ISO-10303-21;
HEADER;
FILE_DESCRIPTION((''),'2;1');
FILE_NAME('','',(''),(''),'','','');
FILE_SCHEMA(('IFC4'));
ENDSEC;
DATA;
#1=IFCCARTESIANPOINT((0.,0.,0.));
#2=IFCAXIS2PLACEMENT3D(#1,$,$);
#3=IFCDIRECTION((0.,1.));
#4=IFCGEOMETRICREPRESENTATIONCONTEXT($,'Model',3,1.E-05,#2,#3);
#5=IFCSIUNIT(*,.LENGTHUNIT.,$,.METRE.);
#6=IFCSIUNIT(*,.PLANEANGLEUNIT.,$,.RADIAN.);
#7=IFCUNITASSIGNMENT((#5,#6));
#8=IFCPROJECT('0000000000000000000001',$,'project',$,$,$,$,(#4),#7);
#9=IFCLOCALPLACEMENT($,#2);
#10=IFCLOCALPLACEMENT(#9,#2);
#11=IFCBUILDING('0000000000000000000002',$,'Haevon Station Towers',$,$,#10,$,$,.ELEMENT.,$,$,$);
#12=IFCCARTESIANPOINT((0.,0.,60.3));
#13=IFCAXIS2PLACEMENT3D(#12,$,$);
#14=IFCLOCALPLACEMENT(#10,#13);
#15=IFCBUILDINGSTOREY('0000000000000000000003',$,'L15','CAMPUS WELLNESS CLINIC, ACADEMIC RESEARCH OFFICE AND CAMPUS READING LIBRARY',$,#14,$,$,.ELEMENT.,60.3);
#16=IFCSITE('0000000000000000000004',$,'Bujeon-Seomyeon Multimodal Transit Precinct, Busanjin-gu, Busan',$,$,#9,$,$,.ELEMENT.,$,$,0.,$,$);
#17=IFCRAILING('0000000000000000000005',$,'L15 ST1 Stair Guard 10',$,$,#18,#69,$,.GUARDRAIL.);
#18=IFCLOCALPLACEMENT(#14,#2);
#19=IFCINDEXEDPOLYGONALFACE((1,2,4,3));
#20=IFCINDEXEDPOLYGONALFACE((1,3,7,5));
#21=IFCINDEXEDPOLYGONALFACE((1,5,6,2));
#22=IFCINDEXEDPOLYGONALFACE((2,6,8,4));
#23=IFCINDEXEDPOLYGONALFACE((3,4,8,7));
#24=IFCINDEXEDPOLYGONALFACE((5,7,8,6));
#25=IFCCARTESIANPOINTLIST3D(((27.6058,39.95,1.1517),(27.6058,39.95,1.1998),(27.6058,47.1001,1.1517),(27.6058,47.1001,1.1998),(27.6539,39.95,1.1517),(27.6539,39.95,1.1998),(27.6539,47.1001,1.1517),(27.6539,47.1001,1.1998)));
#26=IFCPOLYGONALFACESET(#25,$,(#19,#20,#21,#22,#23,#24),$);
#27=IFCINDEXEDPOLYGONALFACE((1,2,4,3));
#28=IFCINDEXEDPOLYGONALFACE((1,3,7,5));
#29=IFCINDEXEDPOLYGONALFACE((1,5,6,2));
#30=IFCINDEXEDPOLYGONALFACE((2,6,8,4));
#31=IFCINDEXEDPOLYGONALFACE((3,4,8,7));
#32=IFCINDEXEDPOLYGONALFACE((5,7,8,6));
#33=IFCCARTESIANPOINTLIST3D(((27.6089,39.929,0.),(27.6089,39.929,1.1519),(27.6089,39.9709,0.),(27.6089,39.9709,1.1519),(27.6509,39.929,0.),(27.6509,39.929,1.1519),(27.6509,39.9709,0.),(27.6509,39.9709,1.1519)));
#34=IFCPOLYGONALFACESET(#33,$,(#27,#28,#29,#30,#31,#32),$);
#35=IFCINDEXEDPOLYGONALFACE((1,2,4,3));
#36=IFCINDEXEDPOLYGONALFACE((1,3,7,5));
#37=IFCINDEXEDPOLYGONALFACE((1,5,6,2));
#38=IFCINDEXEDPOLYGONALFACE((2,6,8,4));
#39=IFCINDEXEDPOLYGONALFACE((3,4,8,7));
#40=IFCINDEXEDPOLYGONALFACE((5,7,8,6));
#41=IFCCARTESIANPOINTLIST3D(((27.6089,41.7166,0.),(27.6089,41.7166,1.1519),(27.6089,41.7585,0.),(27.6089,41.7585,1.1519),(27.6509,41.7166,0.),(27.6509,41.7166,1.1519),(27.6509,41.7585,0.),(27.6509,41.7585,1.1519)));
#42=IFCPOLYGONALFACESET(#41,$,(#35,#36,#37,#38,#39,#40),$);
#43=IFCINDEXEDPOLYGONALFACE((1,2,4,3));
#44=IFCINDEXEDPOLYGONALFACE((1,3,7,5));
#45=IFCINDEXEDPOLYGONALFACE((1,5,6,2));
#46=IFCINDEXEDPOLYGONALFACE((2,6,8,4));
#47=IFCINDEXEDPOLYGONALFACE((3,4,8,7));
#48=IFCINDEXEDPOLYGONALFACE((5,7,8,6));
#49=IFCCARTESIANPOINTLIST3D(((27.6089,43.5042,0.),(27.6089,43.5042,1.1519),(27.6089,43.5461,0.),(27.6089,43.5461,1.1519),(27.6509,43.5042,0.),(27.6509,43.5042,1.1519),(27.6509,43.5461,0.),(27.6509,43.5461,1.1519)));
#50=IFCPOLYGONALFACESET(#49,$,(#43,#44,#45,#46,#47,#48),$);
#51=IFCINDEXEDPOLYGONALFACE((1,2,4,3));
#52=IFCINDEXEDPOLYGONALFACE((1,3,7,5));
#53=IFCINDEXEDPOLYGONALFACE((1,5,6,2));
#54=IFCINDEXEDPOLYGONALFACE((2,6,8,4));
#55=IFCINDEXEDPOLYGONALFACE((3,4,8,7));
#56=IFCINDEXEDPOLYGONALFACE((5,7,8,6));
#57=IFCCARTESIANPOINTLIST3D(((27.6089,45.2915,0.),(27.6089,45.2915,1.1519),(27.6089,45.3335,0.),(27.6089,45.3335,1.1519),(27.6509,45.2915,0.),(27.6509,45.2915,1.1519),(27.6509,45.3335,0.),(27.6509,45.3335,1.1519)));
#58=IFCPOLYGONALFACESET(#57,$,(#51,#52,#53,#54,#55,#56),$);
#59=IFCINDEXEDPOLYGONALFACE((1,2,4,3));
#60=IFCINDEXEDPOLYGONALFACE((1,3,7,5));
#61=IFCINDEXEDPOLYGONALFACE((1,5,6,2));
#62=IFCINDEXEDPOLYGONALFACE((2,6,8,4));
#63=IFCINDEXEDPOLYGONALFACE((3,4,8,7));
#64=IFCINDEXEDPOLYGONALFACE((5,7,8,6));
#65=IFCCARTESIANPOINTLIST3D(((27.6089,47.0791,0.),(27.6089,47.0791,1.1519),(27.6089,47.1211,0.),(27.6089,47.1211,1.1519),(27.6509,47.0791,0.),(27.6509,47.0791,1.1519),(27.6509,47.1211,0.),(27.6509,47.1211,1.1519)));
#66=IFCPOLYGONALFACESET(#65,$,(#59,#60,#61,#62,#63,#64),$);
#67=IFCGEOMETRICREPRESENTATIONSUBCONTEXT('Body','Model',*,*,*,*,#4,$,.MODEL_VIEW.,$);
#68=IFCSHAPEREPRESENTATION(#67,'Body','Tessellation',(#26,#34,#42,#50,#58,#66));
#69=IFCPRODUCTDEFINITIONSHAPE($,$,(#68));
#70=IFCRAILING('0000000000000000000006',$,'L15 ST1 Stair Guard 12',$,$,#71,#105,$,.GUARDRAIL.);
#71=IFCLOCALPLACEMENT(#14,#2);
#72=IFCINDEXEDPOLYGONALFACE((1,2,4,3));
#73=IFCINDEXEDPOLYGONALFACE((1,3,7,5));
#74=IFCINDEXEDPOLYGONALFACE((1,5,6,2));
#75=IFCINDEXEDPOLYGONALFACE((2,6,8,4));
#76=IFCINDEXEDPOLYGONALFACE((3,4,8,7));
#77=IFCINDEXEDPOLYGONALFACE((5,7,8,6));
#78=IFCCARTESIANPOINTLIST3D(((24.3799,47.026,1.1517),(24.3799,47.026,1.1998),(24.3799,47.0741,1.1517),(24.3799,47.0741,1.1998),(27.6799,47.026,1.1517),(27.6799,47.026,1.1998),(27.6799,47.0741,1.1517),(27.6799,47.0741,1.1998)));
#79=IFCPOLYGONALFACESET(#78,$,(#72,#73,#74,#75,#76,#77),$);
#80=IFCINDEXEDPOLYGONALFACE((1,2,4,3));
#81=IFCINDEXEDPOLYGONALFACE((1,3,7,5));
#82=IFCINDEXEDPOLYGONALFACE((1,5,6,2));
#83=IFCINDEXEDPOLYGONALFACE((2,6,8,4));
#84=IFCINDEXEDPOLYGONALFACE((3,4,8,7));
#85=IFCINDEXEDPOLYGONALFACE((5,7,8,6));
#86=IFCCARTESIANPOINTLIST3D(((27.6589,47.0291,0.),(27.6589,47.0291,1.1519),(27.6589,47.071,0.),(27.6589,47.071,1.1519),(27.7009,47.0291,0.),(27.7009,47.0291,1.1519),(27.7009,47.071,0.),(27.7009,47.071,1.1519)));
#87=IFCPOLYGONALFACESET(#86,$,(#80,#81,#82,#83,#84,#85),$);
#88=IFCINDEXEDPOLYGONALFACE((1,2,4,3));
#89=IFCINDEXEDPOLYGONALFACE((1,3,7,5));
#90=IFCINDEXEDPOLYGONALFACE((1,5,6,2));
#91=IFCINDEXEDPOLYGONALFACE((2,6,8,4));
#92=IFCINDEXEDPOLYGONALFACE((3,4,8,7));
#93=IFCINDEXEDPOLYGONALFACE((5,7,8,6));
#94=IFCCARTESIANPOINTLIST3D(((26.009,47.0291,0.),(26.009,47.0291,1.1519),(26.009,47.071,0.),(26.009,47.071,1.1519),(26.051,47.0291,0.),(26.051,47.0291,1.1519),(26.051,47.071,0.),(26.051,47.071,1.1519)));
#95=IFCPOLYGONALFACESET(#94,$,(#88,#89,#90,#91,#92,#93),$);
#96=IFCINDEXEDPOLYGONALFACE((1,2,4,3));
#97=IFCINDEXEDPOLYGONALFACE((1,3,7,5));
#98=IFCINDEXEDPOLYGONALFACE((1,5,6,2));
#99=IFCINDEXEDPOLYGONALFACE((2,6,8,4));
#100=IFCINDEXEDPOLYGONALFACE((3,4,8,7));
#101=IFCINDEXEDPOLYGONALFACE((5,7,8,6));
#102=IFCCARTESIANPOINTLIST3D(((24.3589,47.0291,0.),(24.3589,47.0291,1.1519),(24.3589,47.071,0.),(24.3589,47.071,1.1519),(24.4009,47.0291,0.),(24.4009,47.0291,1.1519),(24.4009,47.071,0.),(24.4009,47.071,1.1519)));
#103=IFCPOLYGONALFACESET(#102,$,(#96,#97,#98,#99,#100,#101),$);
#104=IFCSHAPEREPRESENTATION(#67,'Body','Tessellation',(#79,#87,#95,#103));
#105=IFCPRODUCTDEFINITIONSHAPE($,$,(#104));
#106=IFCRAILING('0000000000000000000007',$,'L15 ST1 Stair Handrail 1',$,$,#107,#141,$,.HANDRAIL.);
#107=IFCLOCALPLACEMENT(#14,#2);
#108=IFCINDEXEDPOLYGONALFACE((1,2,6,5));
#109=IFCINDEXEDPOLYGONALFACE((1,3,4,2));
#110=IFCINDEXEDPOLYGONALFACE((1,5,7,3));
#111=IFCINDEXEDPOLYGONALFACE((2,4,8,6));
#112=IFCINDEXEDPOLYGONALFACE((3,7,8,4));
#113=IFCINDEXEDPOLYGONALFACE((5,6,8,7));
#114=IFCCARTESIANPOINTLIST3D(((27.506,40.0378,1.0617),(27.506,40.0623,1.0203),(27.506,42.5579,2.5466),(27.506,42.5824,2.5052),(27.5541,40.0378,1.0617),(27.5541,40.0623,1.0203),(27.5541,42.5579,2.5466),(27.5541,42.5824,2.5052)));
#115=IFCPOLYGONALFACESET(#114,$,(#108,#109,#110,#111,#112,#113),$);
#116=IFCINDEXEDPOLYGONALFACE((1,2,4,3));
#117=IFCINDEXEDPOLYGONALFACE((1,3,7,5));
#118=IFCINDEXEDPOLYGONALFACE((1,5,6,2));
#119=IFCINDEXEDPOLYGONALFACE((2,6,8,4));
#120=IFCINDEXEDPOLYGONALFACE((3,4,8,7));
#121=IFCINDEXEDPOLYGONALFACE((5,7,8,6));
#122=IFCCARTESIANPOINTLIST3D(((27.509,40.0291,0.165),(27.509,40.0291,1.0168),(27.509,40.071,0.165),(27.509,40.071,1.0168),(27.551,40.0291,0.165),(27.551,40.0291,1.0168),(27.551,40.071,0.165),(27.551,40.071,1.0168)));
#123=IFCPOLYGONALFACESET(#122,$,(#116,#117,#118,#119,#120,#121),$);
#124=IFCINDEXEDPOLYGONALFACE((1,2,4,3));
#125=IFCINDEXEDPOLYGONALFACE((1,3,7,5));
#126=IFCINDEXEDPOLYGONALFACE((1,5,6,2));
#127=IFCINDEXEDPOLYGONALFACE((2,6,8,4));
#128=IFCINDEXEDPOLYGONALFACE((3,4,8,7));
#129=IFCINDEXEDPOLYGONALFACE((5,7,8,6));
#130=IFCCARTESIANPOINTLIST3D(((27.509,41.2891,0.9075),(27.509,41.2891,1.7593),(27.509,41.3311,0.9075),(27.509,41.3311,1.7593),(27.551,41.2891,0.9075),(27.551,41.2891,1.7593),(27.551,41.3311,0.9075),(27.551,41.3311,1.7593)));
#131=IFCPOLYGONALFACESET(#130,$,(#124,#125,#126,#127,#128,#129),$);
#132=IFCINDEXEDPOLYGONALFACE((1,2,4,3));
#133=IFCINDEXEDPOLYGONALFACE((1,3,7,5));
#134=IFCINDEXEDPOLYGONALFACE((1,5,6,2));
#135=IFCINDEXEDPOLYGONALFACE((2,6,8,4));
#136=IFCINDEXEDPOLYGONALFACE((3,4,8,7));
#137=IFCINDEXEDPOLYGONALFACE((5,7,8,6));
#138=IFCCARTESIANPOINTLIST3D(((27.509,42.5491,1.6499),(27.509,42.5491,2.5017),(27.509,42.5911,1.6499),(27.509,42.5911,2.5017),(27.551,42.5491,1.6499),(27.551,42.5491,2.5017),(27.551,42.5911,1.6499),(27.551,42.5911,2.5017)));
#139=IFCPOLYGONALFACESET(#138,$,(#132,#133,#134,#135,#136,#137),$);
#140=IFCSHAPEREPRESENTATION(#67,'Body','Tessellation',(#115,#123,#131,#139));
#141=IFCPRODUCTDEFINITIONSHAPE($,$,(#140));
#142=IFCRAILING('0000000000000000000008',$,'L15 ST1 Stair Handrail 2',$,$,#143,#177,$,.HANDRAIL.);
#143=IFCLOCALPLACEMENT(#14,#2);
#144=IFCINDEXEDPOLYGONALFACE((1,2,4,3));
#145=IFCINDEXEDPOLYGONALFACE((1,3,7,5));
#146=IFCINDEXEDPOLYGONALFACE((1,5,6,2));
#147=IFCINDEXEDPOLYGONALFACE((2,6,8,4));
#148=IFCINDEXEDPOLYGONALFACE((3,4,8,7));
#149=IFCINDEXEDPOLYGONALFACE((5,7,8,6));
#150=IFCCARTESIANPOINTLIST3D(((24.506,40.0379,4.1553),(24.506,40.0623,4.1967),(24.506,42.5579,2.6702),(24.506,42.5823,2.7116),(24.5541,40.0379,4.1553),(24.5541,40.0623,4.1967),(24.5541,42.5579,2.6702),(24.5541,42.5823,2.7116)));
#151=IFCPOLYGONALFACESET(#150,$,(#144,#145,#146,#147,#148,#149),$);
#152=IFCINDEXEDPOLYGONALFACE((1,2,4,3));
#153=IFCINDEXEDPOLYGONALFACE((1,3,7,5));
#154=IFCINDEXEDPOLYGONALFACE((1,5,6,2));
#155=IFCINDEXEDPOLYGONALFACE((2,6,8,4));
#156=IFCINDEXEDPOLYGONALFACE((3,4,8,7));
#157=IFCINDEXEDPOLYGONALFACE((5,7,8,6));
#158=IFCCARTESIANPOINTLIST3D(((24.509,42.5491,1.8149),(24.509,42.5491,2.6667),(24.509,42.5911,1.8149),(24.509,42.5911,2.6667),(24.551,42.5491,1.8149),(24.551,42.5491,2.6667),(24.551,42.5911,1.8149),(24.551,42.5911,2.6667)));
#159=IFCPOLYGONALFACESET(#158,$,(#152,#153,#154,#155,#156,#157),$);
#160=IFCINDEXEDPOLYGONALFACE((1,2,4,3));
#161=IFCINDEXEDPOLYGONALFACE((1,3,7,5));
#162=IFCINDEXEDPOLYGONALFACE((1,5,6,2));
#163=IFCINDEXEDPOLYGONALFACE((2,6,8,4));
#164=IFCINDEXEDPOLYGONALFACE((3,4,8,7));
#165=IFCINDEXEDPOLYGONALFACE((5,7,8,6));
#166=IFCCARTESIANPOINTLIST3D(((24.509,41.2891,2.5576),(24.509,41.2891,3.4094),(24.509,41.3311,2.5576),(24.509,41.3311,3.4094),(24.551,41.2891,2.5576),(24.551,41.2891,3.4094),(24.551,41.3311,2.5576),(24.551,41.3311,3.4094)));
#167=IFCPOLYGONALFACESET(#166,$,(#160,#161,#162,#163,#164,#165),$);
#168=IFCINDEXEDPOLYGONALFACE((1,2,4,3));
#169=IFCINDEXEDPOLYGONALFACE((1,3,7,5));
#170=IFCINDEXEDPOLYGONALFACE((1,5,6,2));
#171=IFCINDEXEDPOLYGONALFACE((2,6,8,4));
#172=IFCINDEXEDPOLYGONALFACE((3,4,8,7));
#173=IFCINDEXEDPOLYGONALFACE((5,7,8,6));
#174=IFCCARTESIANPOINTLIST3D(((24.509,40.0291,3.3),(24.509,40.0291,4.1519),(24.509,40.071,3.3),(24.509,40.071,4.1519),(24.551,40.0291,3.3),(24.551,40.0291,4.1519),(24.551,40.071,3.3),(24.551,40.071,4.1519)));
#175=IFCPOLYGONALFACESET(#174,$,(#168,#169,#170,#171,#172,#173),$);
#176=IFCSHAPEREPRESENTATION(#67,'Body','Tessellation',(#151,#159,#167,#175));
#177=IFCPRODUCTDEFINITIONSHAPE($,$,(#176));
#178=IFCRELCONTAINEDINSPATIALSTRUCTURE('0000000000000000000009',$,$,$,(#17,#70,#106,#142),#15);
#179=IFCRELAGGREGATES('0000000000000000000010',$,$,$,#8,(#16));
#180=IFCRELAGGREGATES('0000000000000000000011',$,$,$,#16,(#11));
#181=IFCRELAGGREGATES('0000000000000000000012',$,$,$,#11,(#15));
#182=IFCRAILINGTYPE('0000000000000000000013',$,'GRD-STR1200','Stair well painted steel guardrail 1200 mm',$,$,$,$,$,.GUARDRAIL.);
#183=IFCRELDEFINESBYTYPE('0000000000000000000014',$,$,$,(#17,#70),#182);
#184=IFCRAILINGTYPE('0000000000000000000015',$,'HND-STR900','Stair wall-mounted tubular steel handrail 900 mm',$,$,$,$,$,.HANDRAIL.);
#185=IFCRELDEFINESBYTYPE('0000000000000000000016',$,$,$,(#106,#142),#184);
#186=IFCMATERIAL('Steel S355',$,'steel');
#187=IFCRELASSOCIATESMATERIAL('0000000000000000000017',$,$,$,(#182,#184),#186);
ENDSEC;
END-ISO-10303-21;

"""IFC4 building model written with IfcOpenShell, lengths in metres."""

from ifc_helpers import new_model, si_unit, direction, frame, origin, origin_2d, place, context, subcontext, project, spatial, rectangle, extrude, material, type_object, element, save


model = new_model("IFC4")

# Units and contexts
model_context = context("Model", 3, precision=1e-05, world=origin(), true_north=direction((0.0, 1.0)))
body_context = subcontext(model_context, "Body", "Model", "MODEL_VIEW")
ifc_project = project(units=[si_unit("LENGTHUNIT", "METRE"), si_unit("PLANEANGLEUNIT", "RADIAN")], contexts=[model_context])

# Site, building, storey
site_placement = place(None, origin())
site = spatial("IfcSite", under=ifc_project, at=site_placement, Name="Bujeon-Seomyeon Multimodal Transit Precinct, Busanjin-gu, Busan", CompositionType="ELEMENT", RefElevation=0.0)
building_placement = place(site_placement, origin())
building = spatial("IfcBuilding", under=site, at=building_placement, Name="Haevon Station Towers", CompositionType="ELEMENT")
storey_placement = place(building_placement, frame((0.0, 0.0, 60.3)))
storey = spatial("IfcBuildingStorey", under=building, at=storey_placement, Name="L15", Description="CAMPUS WELLNESS CLINIC, ACADEMIC RESEARCH OFFICE AND CAMPUS READING LIBRARY", CompositionType="ELEMENT", Elevation=60.3)

# Shared definitions
ifc_material_1 = material(Name="Steel S355", Category="steel")

# Railings
railing_type_1 = type_object("IfcRailingType", Name="GRD-STR1200", Description="Stair well painted steel guardrail 1200 mm", PredefinedType="GUARDRAIL", material=ifc_material_1)
railing_1_placement = place(storey_placement, frame((27.6299, 39.95, 0.0)))
element("IfcRailing", 1, at=railing_1_placement, inside=storey, type_object=railing_type_1, Name="L15 ST1 Stair Guard 10", PredefinedType="GUARDRAIL", context=body_context, shape_type="SweptSolid", body=[
    extrude(rectangle(XDim=0.0481, YDim=0.0481, at=origin_2d()), frame((0.0, 0.0, 1.1758), z_axis=(0.0, 1.0, 0.0), x_axis=(-1.0, 0.0, 0.0)), (0.0, 0.0, 1.0), 7.1501),
    extrude(rectangle(XDim=0.042, YDim=0.042, at=origin_2d()), origin(), (0.0, 0.0, 1.0), 1.1519),
    extrude(rectangle(XDim=0.042, YDim=0.042, at=origin_2d()), frame((0.0, 1.7876, 0.0)), (0.0, 0.0, 1.0), 1.1519),
    extrude(rectangle(XDim=0.042, YDim=0.042, at=origin_2d()), frame((0.0, 3.5752, 0.0)), (0.0, 0.0, 1.0), 1.1519),
    extrude(rectangle(XDim=0.042, YDim=0.042, at=origin_2d()), frame((0.0, 5.3625, 0.0)), (0.0, 0.0, 1.0), 1.1519),
    extrude(rectangle(XDim=0.042, YDim=0.042, at=origin_2d()), frame((0.0, 7.1501, 0.0)), (0.0, 0.0, 1.0), 1.1519),
])
railing_2_placement = place(storey_placement, frame((27.6799, 47.05, 0.0)))
element("IfcRailing", 2, at=railing_2_placement, inside=storey, type_object=railing_type_1, Name="L15 ST1 Stair Guard 12", PredefinedType="GUARDRAIL", context=body_context, shape_type="SweptSolid", body=[
    extrude(rectangle(XDim=0.0481, YDim=0.0481, at=origin_2d()), frame((0.0, 0.0, 1.1758), z_axis=(-1.0, 0.0, 0.0), x_axis=(0.0, -1.0, 0.0)), (0.0, 0.0, 1.0), 3.3),
    extrude(rectangle(XDim=0.042, YDim=0.042, at=origin_2d()), origin(), (0.0, 0.0, 1.0), 1.1519),
    extrude(rectangle(XDim=0.042, YDim=0.042, at=origin_2d()), frame((-1.6499, 0.0, 0.0)), (0.0, 0.0, 1.0), 1.1519),
    extrude(rectangle(XDim=0.042, YDim=0.042, at=origin_2d()), frame((-3.3, 0.0, 0.0)), (0.0, 0.0, 1.0), 1.1519),
])
railing_type_2 = type_object("IfcRailingType", Name="HND-STR900", Description="Stair wall-mounted tubular steel handrail 900 mm", PredefinedType="HANDRAIL", material=ifc_material_1)
railing_3_placement = place(storey_placement, frame((27.53, 40.05, 0.165)))
element("IfcRailing", 3, at=railing_3_placement, inside=storey, type_object=railing_type_2, Name="L15 ST1 Stair Handrail 1", PredefinedType="HANDRAIL", context=body_context, shape_type="SweptSolid", body=[
    extrude(rectangle(XDim=0.0481, YDim=0.0481, at=origin_2d()), frame((0.0, 0.0, 0.876), z_axis=(0.0, 0.861561, 0.507655), x_axis=(-1.0, 0.0, 0.0)), (0.0, 0.0, 1.0), 2.925),
    extrude(rectangle(XDim=0.042, YDim=0.042, at=origin_2d()), origin(), (0.0, 0.0, 1.0), 0.8518),
    extrude(rectangle(XDim=0.042, YDim=0.042, at=origin_2d()), frame((0.0, 1.26, 0.7424)), (0.0, 0.0, 1.0), 0.8518),
    extrude(rectangle(XDim=0.042, YDim=0.042, at=origin_2d()), frame((0.0, 2.52, 1.4849)), (0.0, 0.0, 1.0), 0.8518),
])
railing_4_placement = place(storey_placement, frame((24.53, 42.5701, 1.8149)))
element("IfcRailing", 4, at=railing_4_placement, inside=storey, type_object=railing_type_2, Name="L15 ST1 Stair Handrail 2", PredefinedType="HANDRAIL", context=body_context, shape_type="SweptSolid", body=[
    extrude(rectangle(XDim=0.0481, YDim=0.0481, at=origin_2d()), frame((0.0, 0.0, 0.876), z_axis=(0.0, -0.861524, 0.507717), x_axis=(1.0, 0.0, 0.0)), (0.0, 0.0, 1.0), 2.925),
    extrude(rectangle(XDim=0.042, YDim=0.042, at=origin_2d()), origin(), (0.0, 0.0, 1.0), 0.8518),
    extrude(rectangle(XDim=0.042, YDim=0.042, at=origin_2d()), frame((0.0, -1.26, 0.7427)), (0.0, 0.0, 1.0), 0.8518),
    extrude(rectangle(XDim=0.042, YDim=0.042, at=origin_2d()), frame((0.0, -2.52, 1.4851)), (0.0, 0.0, 1.0), 0.8518),
])

save(model, "model.ifc")
